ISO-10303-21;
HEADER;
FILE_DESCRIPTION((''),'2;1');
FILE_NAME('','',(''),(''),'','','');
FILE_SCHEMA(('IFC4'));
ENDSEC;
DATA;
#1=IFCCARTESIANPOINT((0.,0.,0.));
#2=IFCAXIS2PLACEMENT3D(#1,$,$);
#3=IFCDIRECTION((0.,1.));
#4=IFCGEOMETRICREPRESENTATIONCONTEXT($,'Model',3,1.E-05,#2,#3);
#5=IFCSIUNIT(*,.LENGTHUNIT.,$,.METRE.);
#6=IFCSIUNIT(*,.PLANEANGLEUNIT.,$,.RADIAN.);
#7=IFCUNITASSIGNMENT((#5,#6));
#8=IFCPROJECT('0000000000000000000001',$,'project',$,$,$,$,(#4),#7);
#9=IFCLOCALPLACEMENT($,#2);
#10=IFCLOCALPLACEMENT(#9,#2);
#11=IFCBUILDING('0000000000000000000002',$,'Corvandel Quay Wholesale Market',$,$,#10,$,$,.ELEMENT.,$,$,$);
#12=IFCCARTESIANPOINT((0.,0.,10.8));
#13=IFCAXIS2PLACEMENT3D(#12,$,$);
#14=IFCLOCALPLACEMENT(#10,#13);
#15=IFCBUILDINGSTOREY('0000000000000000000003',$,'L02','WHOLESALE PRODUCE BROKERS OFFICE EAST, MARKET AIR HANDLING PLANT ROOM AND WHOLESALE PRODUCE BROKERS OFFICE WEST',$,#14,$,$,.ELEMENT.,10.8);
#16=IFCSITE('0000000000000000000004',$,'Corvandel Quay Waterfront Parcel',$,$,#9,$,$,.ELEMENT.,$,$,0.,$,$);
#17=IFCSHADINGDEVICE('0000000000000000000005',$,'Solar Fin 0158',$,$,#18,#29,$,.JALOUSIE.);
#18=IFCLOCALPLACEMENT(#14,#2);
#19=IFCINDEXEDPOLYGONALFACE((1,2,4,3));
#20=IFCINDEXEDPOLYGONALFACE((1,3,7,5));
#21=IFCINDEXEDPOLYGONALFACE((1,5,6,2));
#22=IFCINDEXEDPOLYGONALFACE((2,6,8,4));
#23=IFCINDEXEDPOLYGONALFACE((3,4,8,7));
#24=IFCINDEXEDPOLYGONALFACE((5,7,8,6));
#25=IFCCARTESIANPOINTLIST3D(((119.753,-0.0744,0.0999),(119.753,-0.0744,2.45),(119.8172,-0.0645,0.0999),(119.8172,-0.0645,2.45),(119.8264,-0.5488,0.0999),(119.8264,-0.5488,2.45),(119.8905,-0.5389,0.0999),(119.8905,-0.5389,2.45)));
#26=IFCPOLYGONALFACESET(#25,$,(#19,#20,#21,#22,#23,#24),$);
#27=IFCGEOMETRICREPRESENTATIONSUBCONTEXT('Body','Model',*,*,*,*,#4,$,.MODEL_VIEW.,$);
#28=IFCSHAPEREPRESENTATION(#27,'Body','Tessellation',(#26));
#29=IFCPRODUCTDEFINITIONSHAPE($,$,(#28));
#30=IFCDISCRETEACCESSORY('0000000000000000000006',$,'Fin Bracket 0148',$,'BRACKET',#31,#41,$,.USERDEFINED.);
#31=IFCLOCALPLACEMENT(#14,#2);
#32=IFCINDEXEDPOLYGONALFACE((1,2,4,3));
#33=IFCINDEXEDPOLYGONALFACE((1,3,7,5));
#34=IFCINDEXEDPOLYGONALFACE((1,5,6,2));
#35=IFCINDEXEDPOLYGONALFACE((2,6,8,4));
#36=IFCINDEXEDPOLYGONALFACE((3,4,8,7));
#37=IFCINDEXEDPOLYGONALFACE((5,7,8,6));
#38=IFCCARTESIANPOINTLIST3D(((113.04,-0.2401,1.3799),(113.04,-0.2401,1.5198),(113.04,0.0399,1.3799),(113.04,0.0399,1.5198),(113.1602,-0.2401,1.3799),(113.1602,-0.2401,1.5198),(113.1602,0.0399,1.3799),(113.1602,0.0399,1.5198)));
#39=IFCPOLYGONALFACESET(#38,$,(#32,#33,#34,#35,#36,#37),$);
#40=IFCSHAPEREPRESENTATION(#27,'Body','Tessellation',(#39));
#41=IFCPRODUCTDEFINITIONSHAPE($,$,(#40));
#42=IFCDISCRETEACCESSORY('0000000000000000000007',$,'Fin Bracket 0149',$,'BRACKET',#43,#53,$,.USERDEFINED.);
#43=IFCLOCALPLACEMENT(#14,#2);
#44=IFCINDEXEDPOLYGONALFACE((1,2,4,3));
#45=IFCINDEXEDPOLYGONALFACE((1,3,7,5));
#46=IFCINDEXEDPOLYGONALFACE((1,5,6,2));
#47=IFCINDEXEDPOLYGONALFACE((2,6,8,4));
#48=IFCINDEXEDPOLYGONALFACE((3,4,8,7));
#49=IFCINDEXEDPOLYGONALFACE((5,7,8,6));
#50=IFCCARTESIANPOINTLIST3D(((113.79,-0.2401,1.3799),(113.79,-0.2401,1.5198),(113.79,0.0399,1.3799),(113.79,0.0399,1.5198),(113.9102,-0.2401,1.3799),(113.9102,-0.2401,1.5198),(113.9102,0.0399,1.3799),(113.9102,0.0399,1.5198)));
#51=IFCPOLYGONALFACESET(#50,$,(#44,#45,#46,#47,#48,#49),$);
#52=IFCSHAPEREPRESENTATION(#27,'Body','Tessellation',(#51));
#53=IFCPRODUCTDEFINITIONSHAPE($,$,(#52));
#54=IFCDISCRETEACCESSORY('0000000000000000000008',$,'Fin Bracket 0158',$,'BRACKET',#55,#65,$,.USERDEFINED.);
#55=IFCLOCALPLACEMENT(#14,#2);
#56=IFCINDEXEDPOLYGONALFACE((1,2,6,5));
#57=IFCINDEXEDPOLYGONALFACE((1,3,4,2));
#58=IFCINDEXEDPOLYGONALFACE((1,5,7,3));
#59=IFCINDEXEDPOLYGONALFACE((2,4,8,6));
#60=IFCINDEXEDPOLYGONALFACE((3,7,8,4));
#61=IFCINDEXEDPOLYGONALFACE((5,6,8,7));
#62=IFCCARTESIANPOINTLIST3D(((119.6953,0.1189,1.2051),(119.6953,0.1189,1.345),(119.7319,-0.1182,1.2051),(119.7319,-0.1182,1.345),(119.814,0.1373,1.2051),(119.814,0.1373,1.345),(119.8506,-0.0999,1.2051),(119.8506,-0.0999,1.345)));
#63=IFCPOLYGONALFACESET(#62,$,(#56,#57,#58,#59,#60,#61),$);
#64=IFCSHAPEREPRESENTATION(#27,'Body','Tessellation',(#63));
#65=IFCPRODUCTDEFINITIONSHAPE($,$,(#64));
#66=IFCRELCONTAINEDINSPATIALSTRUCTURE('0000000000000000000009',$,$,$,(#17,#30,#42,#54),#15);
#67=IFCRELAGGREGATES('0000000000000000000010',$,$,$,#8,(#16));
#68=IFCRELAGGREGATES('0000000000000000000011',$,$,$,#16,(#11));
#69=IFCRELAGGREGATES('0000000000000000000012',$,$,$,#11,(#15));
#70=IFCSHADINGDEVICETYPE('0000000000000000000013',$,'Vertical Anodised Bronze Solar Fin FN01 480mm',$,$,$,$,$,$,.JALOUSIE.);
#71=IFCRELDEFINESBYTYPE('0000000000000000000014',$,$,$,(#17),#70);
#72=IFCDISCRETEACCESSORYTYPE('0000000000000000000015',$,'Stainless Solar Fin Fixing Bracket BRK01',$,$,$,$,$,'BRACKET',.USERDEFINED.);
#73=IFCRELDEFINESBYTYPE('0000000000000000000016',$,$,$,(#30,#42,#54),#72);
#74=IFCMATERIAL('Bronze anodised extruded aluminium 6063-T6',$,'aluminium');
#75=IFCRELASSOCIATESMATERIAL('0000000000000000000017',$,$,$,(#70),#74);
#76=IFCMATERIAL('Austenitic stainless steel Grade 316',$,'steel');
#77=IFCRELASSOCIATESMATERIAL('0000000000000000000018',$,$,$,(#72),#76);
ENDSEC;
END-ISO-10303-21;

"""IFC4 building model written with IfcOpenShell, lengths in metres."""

from ifc_helpers import new_model, si_unit, direction, frame, origin, origin_2d, place, context, subcontext, project, spatial, rectangle, extrude, material, type_object, element, save


model = new_model("IFC4")

# Units and contexts
model_context = context("Model", 3, precision=1e-05, world=origin(), true_north=direction((0.0, 1.0)))
body_context = subcontext(model_context, "Body", "Model", "MODEL_VIEW")
ifc_project = project(units=[si_unit("LENGTHUNIT", "METRE"), si_unit("PLANEANGLEUNIT", "RADIAN")], contexts=[model_context])

# Site, building, storey
site_placement = place(None, origin())
site = spatial("IfcSite", under=ifc_project, at=site_placement, Name="Corvandel Quay Waterfront Parcel", CompositionType="ELEMENT", RefElevation=0.0)
building_placement = place(site_placement, origin())
building = spatial("IfcBuilding", under=site, at=building_placement, Name="Corvandel Quay Wholesale Market", CompositionType="ELEMENT")
storey_placement = place(building_placement, frame((0.0, 0.0, 10.8)))
storey = spatial("IfcBuildingStorey", under=building, at=storey_placement, Name="L02", Description="WHOLESALE PRODUCE BROKERS OFFICE EAST, MARKET AIR HANDLING PLANT ROOM AND WHOLESALE PRODUCE BROKERS OFFICE WEST", CompositionType="ELEMENT", Elevation=10.8)

# Shading device
ifc_material_1 = material(Name="Bronze anodised extruded aluminium 6063-T6", Category="aluminium")
shading_device_type = type_object("IfcShadingDeviceType", Name="Vertical Anodised Bronze Solar Fin FN01 480mm", PredefinedType="JALOUSIE", material=ifc_material_1)
shading_device_placement = place(storey_placement, frame((119.8218, -0.3066, 0.0999), z_axis=(0.0, 0.0, 1.0), x_axis=(-0.152813, 0.988255, 0.0)))
element("IfcShadingDevice", 1, at=shading_device_placement, inside=storey, type_object=shading_device_type, Name="Solar Fin 0158", PredefinedType="JALOUSIE", context=body_context, shape_type="SweptSolid", body=[
    extrude(rectangle(XDim=0.48, YDim=0.0649, at=origin_2d()), origin(), (0.0, 0.0, 1.0), 2.3501),
])

# Discrete accessories
ifc_material_2 = material(Name="Austenitic stainless steel Grade 316", Category="steel")
discrete_accessory_type = type_object("IfcDiscreteAccessoryType", Name="Stainless Solar Fin Fixing Bracket BRK01", ElementType="BRACKET", PredefinedType="USERDEFINED", material=ifc_material_2)
for number, where, z_axis, x_axis, name in (
    (2, (113.1001, -0.1001, 1.3799), (0.0, 0.0, 1.0), (0.0, 1.0, 0.0), "Fin Bracket 0148"),
    (3, (113.8501, -0.1001, 1.3799), (0.0, 0.0, 1.0), (0.0, 1.0, 0.0), "Fin Bracket 0149"),
):
    element("IfcDiscreteAccessory", number, at=place(storey_placement, frame(where, z_axis=z_axis, x_axis=x_axis)), inside=storey, type_object=discrete_accessory_type, Name=name, ObjectType="BRACKET", PredefinedType="USERDEFINED", context=body_context, shape_type="SweptSolid", body=[
        extrude(rectangle(XDim=0.28, YDim=0.1201, at=origin_2d()), origin(), (0.0, 0.0, 1.0), 0.1399),
    ])
discrete_accessory_placement = place(storey_placement, frame((119.7729, 0.0095, 1.2051), z_axis=(0.0, 0.0, 1.0), x_axis=(-0.152813, 0.988255, 0.0)))
element("IfcDiscreteAccessory", 4, at=discrete_accessory_placement, inside=storey, type_object=discrete_accessory_type, Name="Fin Bracket 0158", ObjectType="BRACKET", PredefinedType="USERDEFINED", context=body_context, shape_type="SweptSolid", body=[
    extrude(rectangle(XDim=0.24, YDim=0.1201, at=origin_2d()), origin(), (0.0, 0.0, 1.0), 0.1399),
])

save(model, "model.ifc")
